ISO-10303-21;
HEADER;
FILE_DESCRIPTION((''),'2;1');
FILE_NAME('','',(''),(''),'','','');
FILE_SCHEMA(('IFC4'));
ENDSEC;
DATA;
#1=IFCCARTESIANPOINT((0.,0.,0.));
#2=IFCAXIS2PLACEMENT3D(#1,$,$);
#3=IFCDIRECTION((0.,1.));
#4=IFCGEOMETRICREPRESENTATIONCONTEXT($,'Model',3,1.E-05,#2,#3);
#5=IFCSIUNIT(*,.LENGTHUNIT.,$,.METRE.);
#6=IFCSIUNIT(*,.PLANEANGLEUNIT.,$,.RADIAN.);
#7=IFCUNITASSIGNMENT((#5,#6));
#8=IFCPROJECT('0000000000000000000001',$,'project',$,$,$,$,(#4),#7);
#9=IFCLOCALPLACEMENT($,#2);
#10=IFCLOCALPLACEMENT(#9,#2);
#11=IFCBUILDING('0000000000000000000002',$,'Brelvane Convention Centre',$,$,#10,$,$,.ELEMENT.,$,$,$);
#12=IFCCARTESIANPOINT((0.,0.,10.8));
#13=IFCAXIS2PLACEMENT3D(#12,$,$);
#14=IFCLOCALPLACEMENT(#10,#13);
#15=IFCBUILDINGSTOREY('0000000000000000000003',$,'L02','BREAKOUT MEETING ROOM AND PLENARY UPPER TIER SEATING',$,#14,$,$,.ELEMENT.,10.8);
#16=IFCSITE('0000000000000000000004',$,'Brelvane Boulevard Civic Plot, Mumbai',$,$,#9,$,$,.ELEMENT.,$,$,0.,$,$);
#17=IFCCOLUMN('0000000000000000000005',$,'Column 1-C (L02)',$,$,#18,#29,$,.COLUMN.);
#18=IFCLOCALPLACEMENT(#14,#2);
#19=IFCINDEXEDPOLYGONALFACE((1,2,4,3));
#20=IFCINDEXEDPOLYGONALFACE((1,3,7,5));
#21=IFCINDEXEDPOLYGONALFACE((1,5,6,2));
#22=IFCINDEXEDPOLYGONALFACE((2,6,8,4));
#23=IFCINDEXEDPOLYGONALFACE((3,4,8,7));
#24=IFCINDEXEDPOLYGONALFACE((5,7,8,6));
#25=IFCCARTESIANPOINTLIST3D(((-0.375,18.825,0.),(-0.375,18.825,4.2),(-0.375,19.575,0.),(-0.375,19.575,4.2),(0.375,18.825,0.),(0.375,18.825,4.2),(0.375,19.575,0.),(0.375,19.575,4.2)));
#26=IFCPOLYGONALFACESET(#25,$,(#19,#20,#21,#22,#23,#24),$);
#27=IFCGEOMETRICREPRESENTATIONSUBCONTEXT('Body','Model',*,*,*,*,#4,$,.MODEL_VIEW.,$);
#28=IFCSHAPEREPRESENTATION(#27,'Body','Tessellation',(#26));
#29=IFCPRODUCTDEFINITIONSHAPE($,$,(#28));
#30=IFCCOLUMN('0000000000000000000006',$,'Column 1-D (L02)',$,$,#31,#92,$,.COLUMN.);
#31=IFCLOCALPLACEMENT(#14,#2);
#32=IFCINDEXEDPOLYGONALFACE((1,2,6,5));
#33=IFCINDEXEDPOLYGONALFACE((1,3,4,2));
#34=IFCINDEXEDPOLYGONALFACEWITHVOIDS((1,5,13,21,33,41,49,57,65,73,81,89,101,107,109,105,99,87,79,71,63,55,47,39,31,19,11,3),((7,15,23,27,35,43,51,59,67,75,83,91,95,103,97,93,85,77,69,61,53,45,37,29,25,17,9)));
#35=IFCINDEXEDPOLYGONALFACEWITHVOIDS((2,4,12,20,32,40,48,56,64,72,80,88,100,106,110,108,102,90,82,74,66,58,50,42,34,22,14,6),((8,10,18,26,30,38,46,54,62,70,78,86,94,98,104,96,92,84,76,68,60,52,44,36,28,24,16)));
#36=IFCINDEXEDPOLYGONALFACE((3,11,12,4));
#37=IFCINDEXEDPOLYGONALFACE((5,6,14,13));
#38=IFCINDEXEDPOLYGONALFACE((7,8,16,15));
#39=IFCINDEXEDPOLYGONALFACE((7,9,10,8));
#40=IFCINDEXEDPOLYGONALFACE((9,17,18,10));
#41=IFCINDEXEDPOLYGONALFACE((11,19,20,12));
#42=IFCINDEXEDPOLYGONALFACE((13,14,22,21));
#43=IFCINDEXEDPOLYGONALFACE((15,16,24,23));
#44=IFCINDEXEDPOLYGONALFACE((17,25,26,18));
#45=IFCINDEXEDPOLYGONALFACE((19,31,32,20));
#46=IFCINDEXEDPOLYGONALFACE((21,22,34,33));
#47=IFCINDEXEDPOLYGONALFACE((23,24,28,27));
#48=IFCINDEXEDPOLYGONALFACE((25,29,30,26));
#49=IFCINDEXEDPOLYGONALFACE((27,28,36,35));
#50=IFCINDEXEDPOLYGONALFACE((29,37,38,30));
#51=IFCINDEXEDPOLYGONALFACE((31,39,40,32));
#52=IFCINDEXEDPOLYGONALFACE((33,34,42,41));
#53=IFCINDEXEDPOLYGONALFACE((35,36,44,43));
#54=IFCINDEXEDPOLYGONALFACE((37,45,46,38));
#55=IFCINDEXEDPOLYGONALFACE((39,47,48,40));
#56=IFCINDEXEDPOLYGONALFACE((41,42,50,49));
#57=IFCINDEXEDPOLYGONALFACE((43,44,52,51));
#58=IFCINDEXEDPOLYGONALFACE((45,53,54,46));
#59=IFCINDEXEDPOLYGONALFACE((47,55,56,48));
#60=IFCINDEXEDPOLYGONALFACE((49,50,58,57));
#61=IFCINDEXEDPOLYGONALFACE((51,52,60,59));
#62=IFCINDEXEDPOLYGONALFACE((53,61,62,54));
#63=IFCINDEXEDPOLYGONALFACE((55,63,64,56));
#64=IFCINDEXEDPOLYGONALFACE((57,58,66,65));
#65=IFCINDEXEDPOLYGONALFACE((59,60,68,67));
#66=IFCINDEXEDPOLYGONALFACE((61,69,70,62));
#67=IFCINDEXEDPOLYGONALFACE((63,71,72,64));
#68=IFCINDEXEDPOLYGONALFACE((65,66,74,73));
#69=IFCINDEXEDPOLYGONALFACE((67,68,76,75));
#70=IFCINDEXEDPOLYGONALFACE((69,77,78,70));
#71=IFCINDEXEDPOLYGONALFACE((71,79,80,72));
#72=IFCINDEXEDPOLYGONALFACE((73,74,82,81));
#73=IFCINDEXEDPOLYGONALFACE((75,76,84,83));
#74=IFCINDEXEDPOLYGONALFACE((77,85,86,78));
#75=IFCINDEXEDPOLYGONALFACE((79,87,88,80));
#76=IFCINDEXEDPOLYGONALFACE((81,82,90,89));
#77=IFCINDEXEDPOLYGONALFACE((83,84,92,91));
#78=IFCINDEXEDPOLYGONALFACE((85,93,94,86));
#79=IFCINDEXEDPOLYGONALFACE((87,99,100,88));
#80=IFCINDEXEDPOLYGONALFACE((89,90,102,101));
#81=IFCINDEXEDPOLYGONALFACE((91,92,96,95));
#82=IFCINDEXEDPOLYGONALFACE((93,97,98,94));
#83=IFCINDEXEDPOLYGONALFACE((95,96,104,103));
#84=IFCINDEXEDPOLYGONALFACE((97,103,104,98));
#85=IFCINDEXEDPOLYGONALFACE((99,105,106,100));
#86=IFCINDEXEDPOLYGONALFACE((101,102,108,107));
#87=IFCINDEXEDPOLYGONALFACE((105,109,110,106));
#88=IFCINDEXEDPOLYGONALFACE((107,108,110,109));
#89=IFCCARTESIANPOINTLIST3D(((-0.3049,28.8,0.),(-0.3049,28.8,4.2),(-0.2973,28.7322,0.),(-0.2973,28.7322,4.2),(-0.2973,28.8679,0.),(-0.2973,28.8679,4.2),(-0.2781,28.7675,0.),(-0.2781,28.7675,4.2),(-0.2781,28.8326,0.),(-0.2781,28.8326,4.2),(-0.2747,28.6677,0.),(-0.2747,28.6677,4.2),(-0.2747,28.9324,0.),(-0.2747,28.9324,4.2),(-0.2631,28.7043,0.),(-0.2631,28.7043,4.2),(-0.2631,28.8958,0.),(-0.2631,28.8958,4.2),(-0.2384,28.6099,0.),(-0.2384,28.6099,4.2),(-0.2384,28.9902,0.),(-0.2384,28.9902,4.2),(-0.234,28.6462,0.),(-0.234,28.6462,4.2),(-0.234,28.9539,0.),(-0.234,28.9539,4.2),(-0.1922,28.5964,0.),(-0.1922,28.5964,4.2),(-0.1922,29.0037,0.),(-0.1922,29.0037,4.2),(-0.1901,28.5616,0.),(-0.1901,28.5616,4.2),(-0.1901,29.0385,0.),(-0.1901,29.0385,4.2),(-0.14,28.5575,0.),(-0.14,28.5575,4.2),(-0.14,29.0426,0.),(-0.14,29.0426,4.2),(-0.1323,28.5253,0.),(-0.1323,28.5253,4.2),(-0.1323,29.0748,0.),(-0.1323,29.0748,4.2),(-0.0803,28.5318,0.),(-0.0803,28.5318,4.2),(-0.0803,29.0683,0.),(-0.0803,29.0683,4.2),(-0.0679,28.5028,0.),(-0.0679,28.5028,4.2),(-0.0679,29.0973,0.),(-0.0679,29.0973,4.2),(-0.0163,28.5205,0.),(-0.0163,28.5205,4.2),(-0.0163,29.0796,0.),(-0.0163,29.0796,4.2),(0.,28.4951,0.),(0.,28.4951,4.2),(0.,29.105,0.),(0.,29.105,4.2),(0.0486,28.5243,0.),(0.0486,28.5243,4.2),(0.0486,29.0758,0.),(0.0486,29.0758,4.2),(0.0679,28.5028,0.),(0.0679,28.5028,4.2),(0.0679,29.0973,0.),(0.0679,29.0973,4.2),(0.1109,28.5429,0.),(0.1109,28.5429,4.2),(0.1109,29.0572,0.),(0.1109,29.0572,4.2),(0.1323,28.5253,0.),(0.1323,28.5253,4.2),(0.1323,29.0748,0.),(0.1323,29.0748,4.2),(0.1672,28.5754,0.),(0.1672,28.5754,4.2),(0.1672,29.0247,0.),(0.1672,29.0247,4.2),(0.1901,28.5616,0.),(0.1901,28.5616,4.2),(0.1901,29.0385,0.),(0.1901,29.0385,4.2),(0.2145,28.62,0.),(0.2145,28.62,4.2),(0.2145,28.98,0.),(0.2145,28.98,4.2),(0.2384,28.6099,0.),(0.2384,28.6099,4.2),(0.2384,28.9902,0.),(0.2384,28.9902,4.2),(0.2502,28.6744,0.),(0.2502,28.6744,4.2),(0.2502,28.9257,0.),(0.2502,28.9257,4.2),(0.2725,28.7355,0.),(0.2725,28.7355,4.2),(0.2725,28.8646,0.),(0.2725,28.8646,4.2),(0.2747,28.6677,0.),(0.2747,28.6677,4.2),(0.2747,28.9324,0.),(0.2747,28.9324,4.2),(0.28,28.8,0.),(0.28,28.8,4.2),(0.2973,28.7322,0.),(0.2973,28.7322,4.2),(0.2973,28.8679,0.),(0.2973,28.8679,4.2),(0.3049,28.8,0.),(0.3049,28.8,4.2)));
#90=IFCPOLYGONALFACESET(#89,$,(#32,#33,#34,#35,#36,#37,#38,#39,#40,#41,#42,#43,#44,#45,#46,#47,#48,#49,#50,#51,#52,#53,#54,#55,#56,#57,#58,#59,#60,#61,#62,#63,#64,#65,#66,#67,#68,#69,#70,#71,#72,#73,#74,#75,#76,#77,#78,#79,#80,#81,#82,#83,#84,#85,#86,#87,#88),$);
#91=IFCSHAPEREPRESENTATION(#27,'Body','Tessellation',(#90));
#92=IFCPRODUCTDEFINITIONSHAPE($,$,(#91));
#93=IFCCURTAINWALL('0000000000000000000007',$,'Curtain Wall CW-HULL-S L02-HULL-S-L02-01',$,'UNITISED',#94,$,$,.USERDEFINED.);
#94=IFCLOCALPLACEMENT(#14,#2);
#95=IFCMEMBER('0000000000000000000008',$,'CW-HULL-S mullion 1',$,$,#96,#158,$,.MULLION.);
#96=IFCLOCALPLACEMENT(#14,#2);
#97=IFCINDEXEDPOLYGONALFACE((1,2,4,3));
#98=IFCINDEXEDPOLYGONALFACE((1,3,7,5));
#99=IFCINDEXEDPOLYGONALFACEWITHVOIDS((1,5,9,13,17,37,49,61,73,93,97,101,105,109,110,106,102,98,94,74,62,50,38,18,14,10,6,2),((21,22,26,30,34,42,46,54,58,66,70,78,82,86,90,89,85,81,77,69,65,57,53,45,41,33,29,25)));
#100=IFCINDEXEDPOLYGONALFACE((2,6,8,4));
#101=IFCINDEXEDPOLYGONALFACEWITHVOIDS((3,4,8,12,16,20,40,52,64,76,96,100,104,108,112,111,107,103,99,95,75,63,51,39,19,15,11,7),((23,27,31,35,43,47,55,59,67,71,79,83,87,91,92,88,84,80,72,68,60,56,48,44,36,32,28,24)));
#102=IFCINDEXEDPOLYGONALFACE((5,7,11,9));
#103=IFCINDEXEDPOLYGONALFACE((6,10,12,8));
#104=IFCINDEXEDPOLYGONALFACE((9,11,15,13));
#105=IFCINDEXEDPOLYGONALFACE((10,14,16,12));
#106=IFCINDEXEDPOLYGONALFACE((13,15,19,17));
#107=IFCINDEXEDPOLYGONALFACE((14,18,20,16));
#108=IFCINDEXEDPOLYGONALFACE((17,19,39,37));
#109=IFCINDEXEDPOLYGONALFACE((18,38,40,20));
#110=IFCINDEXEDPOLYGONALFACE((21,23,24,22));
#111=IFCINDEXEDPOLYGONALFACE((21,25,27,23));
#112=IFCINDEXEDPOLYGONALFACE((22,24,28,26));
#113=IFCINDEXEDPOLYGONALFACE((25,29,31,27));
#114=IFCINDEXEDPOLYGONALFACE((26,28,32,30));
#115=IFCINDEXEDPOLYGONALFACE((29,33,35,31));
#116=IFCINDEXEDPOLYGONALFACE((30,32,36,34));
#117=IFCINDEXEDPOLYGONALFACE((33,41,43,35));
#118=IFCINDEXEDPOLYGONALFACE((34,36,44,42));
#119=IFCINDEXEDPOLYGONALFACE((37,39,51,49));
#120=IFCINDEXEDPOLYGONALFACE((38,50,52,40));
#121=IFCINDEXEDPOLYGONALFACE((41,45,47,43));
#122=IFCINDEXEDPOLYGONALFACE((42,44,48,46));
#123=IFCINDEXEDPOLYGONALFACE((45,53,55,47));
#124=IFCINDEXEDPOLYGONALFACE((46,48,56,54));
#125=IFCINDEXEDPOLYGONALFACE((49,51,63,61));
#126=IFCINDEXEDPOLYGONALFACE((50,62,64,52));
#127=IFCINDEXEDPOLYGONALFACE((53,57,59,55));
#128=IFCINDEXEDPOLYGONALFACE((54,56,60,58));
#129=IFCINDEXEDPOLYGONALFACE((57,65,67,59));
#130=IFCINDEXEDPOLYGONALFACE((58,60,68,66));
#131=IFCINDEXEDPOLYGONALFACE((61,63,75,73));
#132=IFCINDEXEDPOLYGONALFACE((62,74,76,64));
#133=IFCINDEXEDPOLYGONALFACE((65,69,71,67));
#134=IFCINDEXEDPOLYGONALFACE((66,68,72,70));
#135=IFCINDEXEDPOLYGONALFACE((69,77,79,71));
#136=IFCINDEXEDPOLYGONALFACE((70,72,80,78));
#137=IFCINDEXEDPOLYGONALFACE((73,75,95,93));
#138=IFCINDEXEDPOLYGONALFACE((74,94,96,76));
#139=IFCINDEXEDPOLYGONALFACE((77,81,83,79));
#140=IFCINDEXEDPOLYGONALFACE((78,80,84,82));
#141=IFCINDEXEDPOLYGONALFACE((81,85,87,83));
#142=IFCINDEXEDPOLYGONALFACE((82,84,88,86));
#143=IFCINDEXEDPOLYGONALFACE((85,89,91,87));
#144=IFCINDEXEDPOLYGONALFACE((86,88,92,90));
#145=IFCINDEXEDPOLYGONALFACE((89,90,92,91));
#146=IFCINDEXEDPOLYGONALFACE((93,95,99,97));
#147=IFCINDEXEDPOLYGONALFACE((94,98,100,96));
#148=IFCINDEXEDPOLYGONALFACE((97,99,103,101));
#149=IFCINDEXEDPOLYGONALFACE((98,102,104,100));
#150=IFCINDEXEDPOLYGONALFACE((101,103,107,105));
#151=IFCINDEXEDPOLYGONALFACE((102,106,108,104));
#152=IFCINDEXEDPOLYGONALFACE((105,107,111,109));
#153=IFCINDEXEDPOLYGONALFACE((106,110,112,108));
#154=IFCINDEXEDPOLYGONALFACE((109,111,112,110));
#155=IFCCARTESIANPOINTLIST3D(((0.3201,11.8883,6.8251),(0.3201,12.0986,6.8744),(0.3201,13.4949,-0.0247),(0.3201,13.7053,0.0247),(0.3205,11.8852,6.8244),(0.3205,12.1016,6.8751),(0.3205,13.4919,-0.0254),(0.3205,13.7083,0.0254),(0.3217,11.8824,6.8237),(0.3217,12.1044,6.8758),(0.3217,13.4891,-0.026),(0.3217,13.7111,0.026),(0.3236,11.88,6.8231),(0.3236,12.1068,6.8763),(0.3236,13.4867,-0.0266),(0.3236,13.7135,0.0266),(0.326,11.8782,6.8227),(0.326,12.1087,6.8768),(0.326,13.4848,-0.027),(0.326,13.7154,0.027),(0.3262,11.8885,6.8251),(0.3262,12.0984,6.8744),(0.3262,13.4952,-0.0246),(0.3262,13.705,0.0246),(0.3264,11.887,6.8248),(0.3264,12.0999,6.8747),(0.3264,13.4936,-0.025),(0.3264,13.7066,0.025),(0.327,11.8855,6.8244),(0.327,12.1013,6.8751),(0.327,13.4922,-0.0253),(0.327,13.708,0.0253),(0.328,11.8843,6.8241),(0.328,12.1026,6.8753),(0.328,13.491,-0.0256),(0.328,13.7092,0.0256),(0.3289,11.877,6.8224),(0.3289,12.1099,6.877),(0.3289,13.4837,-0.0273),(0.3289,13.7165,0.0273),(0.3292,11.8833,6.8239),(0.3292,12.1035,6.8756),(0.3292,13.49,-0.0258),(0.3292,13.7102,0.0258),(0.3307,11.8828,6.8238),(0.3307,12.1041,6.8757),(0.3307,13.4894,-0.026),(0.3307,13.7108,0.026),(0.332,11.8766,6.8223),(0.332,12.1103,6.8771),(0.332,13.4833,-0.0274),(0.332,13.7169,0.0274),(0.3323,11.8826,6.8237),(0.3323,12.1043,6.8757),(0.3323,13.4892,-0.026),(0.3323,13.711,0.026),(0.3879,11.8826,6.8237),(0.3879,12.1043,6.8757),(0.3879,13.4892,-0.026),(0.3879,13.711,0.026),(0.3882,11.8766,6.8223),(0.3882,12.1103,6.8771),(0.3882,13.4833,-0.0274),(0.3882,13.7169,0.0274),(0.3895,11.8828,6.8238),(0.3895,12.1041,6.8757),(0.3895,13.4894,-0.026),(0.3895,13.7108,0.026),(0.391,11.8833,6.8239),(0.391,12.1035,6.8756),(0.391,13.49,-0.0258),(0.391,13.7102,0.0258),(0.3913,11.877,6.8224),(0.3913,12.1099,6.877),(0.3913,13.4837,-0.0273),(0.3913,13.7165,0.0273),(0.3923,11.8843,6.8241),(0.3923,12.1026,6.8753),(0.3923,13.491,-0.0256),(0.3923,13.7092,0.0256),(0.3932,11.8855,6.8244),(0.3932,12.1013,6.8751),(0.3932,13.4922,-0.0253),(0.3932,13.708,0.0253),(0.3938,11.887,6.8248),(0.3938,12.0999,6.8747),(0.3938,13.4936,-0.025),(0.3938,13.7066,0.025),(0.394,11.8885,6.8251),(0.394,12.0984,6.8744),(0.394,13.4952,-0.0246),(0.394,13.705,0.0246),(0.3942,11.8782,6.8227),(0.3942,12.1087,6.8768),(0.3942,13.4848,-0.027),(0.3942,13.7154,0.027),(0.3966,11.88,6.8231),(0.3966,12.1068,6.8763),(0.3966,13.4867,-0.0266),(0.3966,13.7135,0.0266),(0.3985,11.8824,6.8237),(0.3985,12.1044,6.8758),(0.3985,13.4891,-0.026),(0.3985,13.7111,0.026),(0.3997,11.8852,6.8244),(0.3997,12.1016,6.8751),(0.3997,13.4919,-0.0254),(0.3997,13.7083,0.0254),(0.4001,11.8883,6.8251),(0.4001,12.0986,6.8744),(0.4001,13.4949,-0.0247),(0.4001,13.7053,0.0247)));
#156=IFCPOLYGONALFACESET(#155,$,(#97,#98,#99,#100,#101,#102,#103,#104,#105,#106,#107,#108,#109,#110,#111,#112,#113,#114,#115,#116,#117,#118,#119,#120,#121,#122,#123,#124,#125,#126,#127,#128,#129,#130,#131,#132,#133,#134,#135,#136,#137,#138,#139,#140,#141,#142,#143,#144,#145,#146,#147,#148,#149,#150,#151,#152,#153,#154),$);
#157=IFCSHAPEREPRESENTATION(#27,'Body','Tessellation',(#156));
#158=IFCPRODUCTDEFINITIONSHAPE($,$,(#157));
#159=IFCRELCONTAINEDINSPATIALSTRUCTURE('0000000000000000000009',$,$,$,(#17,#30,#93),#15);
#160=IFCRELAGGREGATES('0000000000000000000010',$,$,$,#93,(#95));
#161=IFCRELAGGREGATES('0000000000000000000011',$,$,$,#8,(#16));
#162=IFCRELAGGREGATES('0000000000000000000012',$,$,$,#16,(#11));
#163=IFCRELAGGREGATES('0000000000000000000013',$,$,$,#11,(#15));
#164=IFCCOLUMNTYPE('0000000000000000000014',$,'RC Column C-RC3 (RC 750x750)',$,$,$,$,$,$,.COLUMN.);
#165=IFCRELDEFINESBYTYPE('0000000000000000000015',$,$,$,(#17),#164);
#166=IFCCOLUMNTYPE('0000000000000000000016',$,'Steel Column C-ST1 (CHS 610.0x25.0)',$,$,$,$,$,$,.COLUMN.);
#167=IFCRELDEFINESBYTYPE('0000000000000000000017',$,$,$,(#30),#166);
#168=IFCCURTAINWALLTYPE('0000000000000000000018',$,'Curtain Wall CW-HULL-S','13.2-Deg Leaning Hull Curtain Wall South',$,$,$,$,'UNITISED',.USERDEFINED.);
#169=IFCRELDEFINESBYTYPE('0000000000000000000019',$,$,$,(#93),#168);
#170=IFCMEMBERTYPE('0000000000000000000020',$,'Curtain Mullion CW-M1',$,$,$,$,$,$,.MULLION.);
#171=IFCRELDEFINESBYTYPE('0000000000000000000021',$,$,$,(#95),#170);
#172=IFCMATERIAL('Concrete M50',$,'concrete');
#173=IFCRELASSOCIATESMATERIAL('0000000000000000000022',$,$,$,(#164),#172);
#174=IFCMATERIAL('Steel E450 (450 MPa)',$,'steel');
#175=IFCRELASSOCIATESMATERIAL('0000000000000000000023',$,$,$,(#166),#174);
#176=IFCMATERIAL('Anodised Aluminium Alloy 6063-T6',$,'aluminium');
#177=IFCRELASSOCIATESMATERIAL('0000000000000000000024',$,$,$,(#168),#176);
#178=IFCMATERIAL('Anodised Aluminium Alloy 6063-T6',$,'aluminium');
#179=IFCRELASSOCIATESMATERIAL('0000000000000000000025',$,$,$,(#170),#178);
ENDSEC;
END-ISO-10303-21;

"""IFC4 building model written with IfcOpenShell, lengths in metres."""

from ifc_helpers import new_model, si_unit, direction, frame, origin, origin_2d, place, context, subcontext, project, spatial, rectangle, hollow_rectangle, hollow_circle, extrude, material, material_profile, profile_set, type_object, element, aggregate, save


model = new_model("IFC4")

# Units and contexts
model_context = context("Model", 3, precision=1e-05, world=origin(), true_north=direction((0.0, 1.0)))
body_context = subcontext(model_context, "Body", "Model", "MODEL_VIEW")
ifc_project = project(units=[si_unit("LENGTHUNIT", "METRE"), si_unit("PLANEANGLEUNIT", "RADIAN")], contexts=[model_context])

# Site, building, storey
site_placement = place(None, origin())
site = spatial("IfcSite", under=ifc_project, at=site_placement, Name="Brelvane Boulevard Civic Plot, Mumbai", CompositionType="ELEMENT", RefElevation=0.0)
building_placement = place(site_placement, origin())
building = spatial("IfcBuilding", under=site, at=building_placement, Name="Brelvane Convention Centre", CompositionType="ELEMENT")
storey_placement = place(building_placement, frame((0.0, 0.0, 10.8)))
storey = spatial("IfcBuildingStorey", under=building, at=storey_placement, Name="L02", Description="BREAKOUT MEETING ROOM AND PLENARY UPPER TIER SEATING", CompositionType="ELEMENT", Elevation=10.8)

# Columns
ifc_material_1 = material(Name="Concrete M50", Category="concrete")
ifc_material_profile_1 = material_profile(ifc_material_1, rectangle(XDim=0.75, YDim=0.75, at=origin_2d()), Name="RC 750x750")
ifc_profile_set_1 = profile_set([ifc_material_profile_1], Name="Concrete M50")
column_type_1 = type_object("IfcColumnType", Name="RC Column C-RC3 (RC 750x750)", PredefinedType="COLUMN", material=ifc_profile_set_1)
column_1_placement = place(storey_placement, frame((0.0, 19.2, 0.0), z_axis=(0.0, 0.0, 1.0), x_axis=(1.0, 0.0, 0.0)))
element("IfcColumn", 1, at=column_1_placement, inside=storey, type_object=column_type_1, Name="Column 1-C (L02)", PredefinedType="COLUMN", context=body_context, shape_type="SweptSolid", body=[
    extrude(rectangle(XDim=0.75, YDim=0.75, at=origin_2d()), origin(), (0.0, 0.0, 1.0), 4.2),
])
ifc_material_2 = material(Name="Steel E450 (450 MPa)", Category="steel")
ifc_material_profile_2 = material_profile(ifc_material_2, hollow_circle(Radius=0.3049, WallThickness=0.0249, at=origin_2d()), Name="CHS 610.0x25.0")
ifc_profile_set_2 = profile_set([ifc_material_profile_2], Name="Steel E450 (450 MPa)")
column_type_2 = type_object("IfcColumnType", Name="Steel Column C-ST1 (CHS 610.0x25.0)", PredefinedType="COLUMN", material=ifc_profile_set_2)
column_2_placement = place(storey_placement, frame((0.0, 28.8, 0.0), z_axis=(0.0, 0.0, 1.0), x_axis=(1.0, 0.0, 0.0)))
element("IfcColumn", 2, at=column_2_placement, inside=storey, type_object=column_type_2, Name="Column 1-D (L02)", PredefinedType="COLUMN", context=body_context, shape_type="SweptSolid", body=[
    extrude(hollow_circle(Radius=0.3049, WallThickness=0.0249, at=origin_2d()), origin(), (0.0, 0.0, 1.0), 4.2),
])

# Curtain wall, member
ifc_material_3 = material(Name="Anodised Aluminium Alloy 6063-T6", Category="aluminium")
curtain_wall_type = type_object("IfcCurtainWallType", Name="Curtain Wall CW-HULL-S", Description="13.2-Deg Leaning Hull Curtain Wall South", ElementType="UNITISED", PredefinedType="USERDEFINED", material=ifc_material_3)
curtain_wall_1_placement = place(storey_placement, origin())
curtain_wall_1 = element("IfcCurtainWall", 3, at=curtain_wall_1_placement, inside=storey, type_object=curtain_wall_type, Name="Curtain Wall CW-HULL-S L02-HULL-S-L02-01", ObjectType="UNITISED", PredefinedType="USERDEFINED")
ifc_material_4 = material(Name="Anodised Aluminium Alloy 6063-T6", Category="aluminium")
ifc_material_profile_3 = material_profile(ifc_material_4, hollow_rectangle(XDim=0.0801, YDim=0.24, WallThickness=0.0061, InnerFilletRadius=0.0061, OuterFilletRadius=0.012, at=origin_2d()), Name="ALU-M 240x80x6.0")
ifc_profile_set_3 = profile_set([ifc_material_profile_3], Name="Anodised Aluminium Alloy 6063-T6")
member_type_1 = type_object("IfcMemberType", Name="Curtain Mullion CW-M1", PredefinedType="MULLION", material=ifc_profile_set_3)
member_1_placement = place(storey_placement, frame((0.3601, 13.6001, 0.0), z_axis=(0.0, -0.22836, 0.973577), x_axis=(1.0, 0.0, 0.0)))
member_1 = element("IfcMember", 4, at=member_1_placement, type_object=member_type_1, Name="CW-HULL-S mullion 1", PredefinedType="MULLION", context=body_context, shape_type="SweptSolid", body=[
    extrude(hollow_rectangle(XDim=0.0801, YDim=0.24, WallThickness=0.0061, InnerFilletRadius=0.0061, OuterFilletRadius=0.012, at=origin_2d()), origin(), (0.0, 0.0, 1.0), 7.0356),
])

aggregate(curtain_wall_1, [member_1])

save(model, "model.ifc")
